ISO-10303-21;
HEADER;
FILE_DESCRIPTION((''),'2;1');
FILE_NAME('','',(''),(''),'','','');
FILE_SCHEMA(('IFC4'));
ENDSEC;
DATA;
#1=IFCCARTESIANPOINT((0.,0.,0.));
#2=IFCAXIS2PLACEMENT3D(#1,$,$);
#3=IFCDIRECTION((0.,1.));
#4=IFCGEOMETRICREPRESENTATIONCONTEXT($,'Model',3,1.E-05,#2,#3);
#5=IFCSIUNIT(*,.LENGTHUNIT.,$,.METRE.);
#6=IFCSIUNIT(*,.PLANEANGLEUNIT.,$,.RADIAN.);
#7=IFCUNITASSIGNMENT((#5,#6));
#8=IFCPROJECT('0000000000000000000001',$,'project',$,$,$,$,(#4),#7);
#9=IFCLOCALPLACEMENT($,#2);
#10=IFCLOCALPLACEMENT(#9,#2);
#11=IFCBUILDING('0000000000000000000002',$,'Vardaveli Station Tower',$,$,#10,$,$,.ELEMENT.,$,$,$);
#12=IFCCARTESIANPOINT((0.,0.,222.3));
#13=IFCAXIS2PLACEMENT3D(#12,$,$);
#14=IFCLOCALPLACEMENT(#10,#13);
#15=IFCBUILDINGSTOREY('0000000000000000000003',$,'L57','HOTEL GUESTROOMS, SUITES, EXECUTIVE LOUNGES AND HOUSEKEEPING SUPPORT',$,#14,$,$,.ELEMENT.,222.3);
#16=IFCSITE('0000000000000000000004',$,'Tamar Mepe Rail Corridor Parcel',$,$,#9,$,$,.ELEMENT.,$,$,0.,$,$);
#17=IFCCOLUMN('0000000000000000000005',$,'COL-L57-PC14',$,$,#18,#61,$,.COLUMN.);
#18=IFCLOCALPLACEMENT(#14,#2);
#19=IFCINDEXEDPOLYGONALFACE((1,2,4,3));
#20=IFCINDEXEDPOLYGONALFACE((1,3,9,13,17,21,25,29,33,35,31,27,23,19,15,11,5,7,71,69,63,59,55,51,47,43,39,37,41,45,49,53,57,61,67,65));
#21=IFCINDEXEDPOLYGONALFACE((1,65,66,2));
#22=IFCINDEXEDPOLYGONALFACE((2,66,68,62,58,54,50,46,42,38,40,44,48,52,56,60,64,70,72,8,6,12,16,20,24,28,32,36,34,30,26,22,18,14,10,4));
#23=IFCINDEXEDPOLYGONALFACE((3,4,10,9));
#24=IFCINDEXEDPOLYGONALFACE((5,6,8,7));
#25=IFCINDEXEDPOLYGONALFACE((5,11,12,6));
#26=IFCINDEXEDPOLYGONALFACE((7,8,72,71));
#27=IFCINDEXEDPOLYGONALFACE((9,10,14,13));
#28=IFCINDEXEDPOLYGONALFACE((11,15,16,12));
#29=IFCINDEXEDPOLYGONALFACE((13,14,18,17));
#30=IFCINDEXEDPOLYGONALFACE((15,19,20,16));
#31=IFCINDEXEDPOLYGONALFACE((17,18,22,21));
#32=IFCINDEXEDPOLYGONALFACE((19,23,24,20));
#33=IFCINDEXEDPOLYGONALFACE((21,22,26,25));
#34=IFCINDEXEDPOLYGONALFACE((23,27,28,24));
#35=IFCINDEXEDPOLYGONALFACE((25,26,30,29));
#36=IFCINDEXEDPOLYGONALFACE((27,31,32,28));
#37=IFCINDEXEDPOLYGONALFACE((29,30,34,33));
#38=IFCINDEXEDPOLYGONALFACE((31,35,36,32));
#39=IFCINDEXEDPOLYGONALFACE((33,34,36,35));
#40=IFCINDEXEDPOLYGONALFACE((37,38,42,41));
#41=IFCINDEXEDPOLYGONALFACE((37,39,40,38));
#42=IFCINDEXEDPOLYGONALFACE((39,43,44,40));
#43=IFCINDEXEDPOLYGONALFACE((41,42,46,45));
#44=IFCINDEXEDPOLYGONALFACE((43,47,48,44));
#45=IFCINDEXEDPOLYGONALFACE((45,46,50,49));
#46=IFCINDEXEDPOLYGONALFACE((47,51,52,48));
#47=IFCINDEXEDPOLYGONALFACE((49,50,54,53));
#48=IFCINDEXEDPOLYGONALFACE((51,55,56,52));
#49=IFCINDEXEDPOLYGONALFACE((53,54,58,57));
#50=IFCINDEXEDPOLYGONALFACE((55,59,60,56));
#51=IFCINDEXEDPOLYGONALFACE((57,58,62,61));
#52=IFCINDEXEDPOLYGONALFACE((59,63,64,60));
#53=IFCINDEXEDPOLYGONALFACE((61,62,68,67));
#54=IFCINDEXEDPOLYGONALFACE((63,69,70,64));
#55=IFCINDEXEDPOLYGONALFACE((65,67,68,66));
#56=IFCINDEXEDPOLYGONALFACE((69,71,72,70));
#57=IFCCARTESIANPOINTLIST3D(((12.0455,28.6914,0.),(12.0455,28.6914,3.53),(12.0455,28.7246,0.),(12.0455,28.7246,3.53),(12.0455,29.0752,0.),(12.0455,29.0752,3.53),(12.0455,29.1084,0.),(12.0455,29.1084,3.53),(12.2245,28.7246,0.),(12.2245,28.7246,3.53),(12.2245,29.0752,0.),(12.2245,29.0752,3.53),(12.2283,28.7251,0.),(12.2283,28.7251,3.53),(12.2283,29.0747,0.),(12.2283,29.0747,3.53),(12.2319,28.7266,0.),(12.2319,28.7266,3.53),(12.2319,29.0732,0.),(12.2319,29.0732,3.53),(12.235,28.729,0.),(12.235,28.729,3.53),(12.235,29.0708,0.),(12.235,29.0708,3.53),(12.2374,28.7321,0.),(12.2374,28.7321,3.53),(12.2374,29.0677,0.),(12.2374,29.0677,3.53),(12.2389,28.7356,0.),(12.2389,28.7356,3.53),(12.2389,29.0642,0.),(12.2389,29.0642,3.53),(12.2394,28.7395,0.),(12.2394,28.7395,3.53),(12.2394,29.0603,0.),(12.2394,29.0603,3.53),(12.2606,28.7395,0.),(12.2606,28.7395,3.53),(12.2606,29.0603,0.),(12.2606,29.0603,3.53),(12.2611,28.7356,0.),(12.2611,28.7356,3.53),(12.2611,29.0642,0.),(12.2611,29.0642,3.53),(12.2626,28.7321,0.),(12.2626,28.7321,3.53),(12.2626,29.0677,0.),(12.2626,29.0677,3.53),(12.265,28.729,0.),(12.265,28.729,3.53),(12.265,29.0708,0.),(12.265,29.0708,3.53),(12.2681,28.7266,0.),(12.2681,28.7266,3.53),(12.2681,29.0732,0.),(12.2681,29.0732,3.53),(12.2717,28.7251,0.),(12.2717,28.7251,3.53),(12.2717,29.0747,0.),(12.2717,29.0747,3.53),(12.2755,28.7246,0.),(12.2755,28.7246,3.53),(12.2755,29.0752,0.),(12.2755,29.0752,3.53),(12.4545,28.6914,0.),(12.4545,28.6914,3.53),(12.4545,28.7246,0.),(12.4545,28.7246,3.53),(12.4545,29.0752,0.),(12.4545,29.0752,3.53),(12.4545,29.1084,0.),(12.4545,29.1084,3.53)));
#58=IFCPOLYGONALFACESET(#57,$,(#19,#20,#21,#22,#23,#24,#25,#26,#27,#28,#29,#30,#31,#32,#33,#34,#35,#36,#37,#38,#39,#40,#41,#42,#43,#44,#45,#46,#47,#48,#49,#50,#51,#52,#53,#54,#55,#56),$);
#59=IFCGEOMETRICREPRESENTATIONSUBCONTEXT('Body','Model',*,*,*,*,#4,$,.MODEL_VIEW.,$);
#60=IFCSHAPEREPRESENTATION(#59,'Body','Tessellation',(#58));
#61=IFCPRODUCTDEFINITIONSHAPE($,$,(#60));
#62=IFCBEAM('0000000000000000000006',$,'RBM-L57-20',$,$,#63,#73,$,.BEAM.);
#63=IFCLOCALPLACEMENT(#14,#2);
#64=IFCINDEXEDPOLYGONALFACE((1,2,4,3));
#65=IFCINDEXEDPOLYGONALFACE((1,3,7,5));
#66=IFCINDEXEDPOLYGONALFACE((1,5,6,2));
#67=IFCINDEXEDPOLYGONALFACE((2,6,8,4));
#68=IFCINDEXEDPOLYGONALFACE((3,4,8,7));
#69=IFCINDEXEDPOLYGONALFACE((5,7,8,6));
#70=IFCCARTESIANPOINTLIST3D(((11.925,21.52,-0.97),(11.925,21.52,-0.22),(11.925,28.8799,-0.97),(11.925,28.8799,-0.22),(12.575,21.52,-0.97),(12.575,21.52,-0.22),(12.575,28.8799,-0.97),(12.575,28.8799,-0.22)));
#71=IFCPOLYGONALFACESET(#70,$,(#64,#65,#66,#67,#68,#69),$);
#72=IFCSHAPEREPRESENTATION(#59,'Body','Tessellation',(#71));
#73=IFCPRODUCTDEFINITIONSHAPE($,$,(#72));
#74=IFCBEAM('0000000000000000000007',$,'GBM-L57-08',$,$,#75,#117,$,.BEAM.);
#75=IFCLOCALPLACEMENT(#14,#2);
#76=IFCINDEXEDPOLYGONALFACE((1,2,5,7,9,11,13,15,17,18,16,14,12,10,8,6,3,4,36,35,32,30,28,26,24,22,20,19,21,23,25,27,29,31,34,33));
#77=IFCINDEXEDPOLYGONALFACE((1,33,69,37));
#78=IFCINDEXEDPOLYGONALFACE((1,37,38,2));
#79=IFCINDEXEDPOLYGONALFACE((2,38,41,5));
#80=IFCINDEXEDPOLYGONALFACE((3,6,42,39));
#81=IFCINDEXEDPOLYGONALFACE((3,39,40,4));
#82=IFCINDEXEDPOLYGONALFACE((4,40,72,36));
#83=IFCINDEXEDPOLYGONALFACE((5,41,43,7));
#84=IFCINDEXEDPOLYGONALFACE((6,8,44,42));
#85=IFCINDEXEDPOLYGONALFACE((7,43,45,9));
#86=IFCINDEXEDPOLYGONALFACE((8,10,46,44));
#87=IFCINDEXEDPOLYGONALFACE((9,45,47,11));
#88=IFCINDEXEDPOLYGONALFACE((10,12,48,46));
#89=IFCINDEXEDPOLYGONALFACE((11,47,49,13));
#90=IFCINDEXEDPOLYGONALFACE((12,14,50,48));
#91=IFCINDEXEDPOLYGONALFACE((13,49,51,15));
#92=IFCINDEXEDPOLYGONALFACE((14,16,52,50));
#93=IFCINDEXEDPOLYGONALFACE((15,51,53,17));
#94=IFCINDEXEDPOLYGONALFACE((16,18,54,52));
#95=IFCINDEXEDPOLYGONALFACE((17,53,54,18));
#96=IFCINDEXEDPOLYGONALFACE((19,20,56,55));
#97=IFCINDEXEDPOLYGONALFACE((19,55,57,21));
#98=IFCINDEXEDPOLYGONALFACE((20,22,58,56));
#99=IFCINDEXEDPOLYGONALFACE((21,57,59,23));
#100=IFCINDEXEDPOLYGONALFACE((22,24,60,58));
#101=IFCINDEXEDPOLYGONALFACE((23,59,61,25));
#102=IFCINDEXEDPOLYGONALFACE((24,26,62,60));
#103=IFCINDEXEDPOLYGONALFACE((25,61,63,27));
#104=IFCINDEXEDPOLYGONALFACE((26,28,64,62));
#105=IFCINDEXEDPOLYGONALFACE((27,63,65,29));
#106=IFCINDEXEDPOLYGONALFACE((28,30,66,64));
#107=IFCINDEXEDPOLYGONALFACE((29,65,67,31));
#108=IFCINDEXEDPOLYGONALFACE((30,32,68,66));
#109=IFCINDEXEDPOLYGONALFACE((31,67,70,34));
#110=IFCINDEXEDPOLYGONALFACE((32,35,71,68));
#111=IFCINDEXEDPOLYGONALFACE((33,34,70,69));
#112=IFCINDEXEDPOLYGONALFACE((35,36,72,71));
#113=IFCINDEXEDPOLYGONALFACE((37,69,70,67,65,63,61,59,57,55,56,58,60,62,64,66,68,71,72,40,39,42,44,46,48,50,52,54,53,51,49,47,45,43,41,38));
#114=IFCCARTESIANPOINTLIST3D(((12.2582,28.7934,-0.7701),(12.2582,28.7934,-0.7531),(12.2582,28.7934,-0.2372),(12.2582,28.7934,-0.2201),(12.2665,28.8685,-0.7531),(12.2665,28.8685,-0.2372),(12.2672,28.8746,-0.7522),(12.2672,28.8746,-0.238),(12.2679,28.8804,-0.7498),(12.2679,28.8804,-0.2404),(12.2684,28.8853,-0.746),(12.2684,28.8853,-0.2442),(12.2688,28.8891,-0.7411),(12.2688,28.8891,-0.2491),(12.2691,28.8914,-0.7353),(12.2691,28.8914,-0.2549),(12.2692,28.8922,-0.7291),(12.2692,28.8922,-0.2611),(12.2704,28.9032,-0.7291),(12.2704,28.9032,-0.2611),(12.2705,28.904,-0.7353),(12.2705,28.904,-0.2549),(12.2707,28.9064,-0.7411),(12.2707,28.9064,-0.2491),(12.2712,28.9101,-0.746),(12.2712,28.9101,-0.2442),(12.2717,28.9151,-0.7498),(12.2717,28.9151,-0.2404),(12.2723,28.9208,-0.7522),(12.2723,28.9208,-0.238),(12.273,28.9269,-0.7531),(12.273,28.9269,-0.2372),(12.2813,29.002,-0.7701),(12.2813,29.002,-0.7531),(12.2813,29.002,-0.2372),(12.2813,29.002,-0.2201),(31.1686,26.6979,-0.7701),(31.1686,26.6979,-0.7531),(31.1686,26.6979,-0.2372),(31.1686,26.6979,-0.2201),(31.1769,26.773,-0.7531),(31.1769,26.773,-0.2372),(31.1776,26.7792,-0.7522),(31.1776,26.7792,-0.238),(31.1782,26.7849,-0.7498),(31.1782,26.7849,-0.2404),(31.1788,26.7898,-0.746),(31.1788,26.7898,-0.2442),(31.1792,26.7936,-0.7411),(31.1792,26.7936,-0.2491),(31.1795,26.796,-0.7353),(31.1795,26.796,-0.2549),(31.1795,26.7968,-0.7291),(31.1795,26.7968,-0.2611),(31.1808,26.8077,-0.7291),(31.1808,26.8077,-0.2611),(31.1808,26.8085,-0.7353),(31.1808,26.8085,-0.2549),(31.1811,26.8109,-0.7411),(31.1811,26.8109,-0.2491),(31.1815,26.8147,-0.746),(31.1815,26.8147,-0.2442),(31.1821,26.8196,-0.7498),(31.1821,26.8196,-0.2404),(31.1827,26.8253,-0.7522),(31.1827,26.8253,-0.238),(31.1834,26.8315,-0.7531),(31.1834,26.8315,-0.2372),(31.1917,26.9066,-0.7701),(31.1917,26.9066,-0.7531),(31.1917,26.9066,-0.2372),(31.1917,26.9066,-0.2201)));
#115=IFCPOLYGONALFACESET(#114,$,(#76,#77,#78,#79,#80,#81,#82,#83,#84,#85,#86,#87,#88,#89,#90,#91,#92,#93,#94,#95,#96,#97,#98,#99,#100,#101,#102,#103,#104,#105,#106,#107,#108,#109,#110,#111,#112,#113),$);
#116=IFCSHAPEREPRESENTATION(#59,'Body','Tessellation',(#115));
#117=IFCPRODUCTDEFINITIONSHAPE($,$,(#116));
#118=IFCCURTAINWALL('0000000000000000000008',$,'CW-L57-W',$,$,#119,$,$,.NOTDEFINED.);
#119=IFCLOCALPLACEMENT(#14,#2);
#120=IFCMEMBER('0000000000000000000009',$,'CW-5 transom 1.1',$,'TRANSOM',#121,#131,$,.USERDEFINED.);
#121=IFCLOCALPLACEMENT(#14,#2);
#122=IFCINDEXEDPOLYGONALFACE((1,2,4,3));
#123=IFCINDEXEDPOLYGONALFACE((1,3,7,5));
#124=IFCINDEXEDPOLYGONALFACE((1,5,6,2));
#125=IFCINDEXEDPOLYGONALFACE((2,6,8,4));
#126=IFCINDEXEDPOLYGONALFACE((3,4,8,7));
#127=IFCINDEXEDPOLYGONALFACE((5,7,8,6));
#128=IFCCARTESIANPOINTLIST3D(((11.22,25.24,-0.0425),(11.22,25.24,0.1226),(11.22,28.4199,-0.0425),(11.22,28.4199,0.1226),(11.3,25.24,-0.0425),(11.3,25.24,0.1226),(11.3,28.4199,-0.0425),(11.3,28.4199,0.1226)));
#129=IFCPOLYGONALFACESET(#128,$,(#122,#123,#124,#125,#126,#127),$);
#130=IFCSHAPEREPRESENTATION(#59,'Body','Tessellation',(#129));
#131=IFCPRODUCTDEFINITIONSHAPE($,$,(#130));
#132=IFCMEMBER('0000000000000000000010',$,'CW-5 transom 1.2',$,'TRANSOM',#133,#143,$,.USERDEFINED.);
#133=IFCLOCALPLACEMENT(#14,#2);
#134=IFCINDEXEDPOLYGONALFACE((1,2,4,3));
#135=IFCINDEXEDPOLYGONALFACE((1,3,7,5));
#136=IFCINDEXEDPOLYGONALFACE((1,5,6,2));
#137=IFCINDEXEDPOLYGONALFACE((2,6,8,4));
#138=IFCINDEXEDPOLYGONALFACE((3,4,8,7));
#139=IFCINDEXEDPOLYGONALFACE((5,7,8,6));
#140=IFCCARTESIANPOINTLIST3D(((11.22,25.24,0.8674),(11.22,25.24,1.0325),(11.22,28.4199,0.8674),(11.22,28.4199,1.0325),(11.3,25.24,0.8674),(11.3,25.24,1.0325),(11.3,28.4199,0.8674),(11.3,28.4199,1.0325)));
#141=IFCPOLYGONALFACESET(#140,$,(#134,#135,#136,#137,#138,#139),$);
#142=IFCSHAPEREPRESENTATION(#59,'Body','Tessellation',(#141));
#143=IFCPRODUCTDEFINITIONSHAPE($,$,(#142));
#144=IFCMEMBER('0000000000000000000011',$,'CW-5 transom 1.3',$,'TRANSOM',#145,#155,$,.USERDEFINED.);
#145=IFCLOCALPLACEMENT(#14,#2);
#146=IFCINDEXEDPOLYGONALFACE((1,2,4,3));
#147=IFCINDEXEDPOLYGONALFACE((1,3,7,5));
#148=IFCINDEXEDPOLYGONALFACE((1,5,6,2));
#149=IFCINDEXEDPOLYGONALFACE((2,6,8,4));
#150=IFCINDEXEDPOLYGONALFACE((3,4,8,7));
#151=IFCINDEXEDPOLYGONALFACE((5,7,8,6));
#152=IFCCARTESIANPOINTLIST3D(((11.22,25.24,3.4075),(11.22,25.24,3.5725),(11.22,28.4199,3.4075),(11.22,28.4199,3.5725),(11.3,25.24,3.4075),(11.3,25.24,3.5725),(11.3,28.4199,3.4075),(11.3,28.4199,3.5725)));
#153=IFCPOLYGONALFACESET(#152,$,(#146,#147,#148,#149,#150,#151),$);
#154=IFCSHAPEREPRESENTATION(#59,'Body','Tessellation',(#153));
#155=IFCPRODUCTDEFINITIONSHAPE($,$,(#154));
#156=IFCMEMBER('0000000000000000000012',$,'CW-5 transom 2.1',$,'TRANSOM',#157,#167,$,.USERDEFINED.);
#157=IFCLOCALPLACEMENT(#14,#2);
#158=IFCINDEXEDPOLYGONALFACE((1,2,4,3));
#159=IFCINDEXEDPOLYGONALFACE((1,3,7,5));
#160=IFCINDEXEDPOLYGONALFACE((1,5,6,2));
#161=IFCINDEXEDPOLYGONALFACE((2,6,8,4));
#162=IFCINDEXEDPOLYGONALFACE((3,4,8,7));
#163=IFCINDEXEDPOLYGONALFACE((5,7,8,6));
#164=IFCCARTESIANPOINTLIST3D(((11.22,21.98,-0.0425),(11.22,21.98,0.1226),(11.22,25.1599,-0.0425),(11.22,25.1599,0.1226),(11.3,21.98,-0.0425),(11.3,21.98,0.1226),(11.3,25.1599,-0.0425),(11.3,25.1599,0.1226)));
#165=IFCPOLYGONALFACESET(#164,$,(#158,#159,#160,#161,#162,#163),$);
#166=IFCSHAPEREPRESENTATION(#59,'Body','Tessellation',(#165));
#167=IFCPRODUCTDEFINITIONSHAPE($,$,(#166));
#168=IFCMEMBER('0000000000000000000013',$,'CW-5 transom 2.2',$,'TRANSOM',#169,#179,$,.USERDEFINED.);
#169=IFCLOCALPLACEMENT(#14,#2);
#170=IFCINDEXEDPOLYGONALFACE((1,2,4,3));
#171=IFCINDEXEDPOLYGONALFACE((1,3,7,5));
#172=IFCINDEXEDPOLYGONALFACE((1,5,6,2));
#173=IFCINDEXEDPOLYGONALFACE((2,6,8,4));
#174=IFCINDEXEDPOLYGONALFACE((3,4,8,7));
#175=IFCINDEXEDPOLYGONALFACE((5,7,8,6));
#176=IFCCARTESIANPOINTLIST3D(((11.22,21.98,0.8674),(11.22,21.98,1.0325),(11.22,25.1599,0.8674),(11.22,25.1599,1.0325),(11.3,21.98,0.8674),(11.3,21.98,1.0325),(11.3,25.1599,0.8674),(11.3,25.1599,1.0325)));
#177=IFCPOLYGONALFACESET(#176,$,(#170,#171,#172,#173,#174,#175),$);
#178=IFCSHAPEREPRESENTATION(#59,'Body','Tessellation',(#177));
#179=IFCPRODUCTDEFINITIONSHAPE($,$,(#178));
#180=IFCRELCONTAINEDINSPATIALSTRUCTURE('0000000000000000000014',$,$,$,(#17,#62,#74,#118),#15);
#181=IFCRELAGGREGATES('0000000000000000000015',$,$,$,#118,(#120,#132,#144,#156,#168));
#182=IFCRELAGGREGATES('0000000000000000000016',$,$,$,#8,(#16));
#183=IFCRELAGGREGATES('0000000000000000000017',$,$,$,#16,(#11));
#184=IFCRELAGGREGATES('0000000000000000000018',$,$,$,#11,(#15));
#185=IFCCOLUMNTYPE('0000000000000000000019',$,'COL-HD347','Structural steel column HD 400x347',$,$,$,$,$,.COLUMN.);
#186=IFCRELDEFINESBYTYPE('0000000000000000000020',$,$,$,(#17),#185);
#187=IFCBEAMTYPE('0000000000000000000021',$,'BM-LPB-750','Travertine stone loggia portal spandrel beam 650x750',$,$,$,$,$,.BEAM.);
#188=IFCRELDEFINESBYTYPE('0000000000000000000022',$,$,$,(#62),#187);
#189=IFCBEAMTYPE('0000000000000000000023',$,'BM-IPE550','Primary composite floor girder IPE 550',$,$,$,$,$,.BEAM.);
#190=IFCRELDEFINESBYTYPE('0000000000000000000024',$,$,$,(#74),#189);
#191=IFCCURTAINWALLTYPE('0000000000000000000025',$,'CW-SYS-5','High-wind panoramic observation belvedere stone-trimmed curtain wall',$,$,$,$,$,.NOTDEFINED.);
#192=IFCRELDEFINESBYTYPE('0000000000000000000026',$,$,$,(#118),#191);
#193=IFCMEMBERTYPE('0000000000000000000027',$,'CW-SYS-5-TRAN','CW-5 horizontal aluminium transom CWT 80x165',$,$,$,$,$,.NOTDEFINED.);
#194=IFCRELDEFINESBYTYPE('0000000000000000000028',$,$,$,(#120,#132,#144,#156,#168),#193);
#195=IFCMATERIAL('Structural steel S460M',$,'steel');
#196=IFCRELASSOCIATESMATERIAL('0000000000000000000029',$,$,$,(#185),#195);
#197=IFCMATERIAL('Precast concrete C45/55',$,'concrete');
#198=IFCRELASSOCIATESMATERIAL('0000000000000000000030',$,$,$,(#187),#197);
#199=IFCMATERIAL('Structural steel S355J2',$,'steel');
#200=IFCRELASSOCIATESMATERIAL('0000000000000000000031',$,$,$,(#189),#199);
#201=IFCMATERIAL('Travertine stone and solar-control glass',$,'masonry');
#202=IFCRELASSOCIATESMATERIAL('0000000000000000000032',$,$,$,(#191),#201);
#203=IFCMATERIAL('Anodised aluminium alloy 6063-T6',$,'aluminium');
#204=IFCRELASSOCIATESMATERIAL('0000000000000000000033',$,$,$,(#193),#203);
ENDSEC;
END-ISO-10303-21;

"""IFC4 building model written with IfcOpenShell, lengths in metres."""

from ifc_helpers import new_model, si_unit, direction, frame, origin, origin_2d, place, context, subcontext, project, spatial, rectangle, i_section, extrude, source, transform, mapped, material, material_profile, profile_set, type_object, element, aggregate, save


model = new_model("IFC4")

# Units and contexts
model_context = context("Model", 3, precision=1e-05, world=origin(), true_north=direction((0.0, 1.0)))
body_context = subcontext(model_context, "Body", "Model", "MODEL_VIEW")
ifc_project = project(units=[si_unit("LENGTHUNIT", "METRE"), si_unit("PLANEANGLEUNIT", "RADIAN")], contexts=[model_context])

# Site, building, storey
site_placement = place(None, origin())
site = spatial("IfcSite", under=ifc_project, at=site_placement, Name="Tamar Mepe Rail Corridor Parcel", CompositionType="ELEMENT", RefElevation=0.0)
building_placement = place(site_placement, origin())
building = spatial("IfcBuilding", under=site, at=building_placement, Name="Vardaveli Station Tower", CompositionType="ELEMENT")
storey_placement = place(building_placement, frame((0.0, 0.0, 222.3)))
storey = spatial("IfcBuildingStorey", under=building, at=storey_placement, Name="L57", Description="HOTEL GUESTROOMS, SUITES, EXECUTIVE LOUNGES AND HOUSEKEEPING SUPPORT", CompositionType="ELEMENT", Elevation=222.3)

# Column
ifc_material_1 = material(Name="Structural steel S460M", Category="steel")
ifc_material_profile_1 = material_profile(ifc_material_1, i_section(OverallWidth=0.4089, OverallDepth=0.417, WebThickness=0.0212, FlangeThickness=0.0332, FilletRadius=0.0149, at=origin_2d()), Name="HD 400x347")
ifc_profile_set_1 = profile_set([ifc_material_profile_1], Name="Structural steel S460M")
column_type = type_object("IfcColumnType", Name="COL-HD347", Description="Structural steel column HD 400x347", PredefinedType="COLUMN", material=ifc_profile_set_1)
shared_shape_1 = source(origin(), body_context, "Body", "SweptSolid", [
    extrude(i_section(OverallWidth=0.4089, OverallDepth=0.417, WebThickness=0.0212, FlangeThickness=0.0332, FilletRadius=0.0149, at=origin_2d()), origin(), (0.0, 0.0, 1.0), 3.53),
])
column_placement = place(storey_placement, frame((12.25, 28.8999, 0.0), z_axis=(0.0, 0.0, 1.0), x_axis=(1.0, 0.0, 0.0)))
element("IfcColumn", 1, at=column_placement, inside=storey, type_object=column_type, Name="COL-L57-PC14", PredefinedType="COLUMN", context=body_context, shape_type="MappedRepresentation", body=[
    mapped(shared_shape_1, transform((0.0, 0.0, 0.0), scale=1.0)),
])

# Beams
ifc_material_2 = material(Name="Precast concrete C45/55", Category="concrete")
ifc_material_profile_2 = material_profile(ifc_material_2, rectangle(XDim=0.6499, YDim=0.75, at=origin_2d()), Name="LPB 650x750")
ifc_profile_set_2 = profile_set([ifc_material_profile_2], Name="Precast concrete C45/55")
beam_type_1 = type_object("IfcBeamType", Name="BM-LPB-750", Description="Travertine stone loggia portal spandrel beam 650x750", PredefinedType="BEAM", material=ifc_profile_set_2)
shared_shape_2 = source(origin(), body_context, "Body", "SweptSolid", [
    extrude(rectangle(XDim=0.6499, YDim=0.75, at=origin_2d()), origin(), (0.0, 0.0, 1.0), 7.3599),
])
beam_1_placement = place(storey_placement, frame((12.25, 28.8799, -0.595), z_axis=(0.0, -1.0, 0.0), x_axis=(1.0, 0.0, 0.0)))
element("IfcBeam", 2, at=beam_1_placement, inside=storey, type_object=beam_type_1, Name="RBM-L57-20", PredefinedType="BEAM", context=body_context, shape_type="MappedRepresentation", body=[
    mapped(shared_shape_2, transform((0.0, 0.0, 0.0), scale=1.0)),
])
ifc_material_3 = material(Name="Structural steel S355J2", Category="steel")
ifc_material_profile_3 = material_profile(ifc_material_3, i_section(OverallWidth=0.21, OverallDepth=0.55, WebThickness=0.011, FlangeThickness=0.0171, FilletRadius=0.0239, at=origin_2d()), Name="IPE 550")
ifc_profile_set_3 = profile_set([ifc_material_profile_3], Name="Structural steel S355J2")
beam_type_2 = type_object("IfcBeamType", Name="BM-IPE550", Description="Primary composite floor girder IPE 550", PredefinedType="BEAM", material=ifc_profile_set_3)
shared_shape_3 = source(origin(), body_context, "Body", "SweptSolid", [
    extrude(i_section(OverallWidth=0.21, OverallDepth=0.55, WebThickness=0.011, FlangeThickness=0.0171, FilletRadius=0.0239, at=origin_2d()), origin(), (0.0, 0.0, 1.0), 19.0261),
])
beam_2_placement = place(storey_placement, frame((12.2698, 28.8977, -0.4951), z_axis=(0.993917, -0.110136, 0.0), x_axis=(0.110136, 0.993917, 0.0)))
element("IfcBeam", 3, at=beam_2_placement, inside=storey, type_object=beam_type_2, Name="GBM-L57-08", PredefinedType="BEAM", context=body_context, shape_type="MappedRepresentation", body=[
    mapped(shared_shape_3, transform((0.0, 0.0, 0.0), scale=1.0)),
])

# Curtain wall, members
ifc_material_4 = material(Name="Travertine stone and solar-control glass", Category="masonry")
curtain_wall_type = type_object("IfcCurtainWallType", Name="CW-SYS-5", Description="High-wind panoramic observation belvedere stone-trimmed curtain wall", PredefinedType="NOTDEFINED", material=ifc_material_4)
curtain_wall_placement = place(storey_placement, origin())
curtain_wall = element("IfcCurtainWall", 4, at=curtain_wall_placement, inside=storey, type_object=curtain_wall_type, Name="CW-L57-W", PredefinedType="NOTDEFINED")
ifc_material_5 = material(Name="Anodised aluminium alloy 6063-T6", Category="aluminium")
ifc_material_profile_4 = material_profile(ifc_material_5, rectangle(XDim=0.0801, YDim=0.165, at=origin_2d()), Name="CWT 80x165")
ifc_profile_set_4 = profile_set([ifc_material_profile_4], Name="Anodised aluminium alloy 6063-T6")
member_type_1 = type_object("IfcMemberType", Name="CW-SYS-5-TRAN", Description="CW-5 horizontal aluminium transom CWT 80x165", PredefinedType="NOTDEFINED", material=ifc_profile_set_4)
shared_shape_4 = source(origin(), body_context, "Body", "SweptSolid", [
    extrude(rectangle(XDim=0.0801, YDim=0.165, at=origin_2d()), origin(), (0.0, 0.0, 1.0), 3.1799),
])
member_1_placement = place(storey_placement, frame((11.26, 28.4199, 0.04), z_axis=(0.0, -1.0, 0.0), x_axis=(1.0, 0.0, 0.0)))
member_1 = element("IfcMember", 5, at=member_1_placement, type_object=member_type_1, Name="CW-5 transom 1.1", ObjectType="TRANSOM", PredefinedType="USERDEFINED", context=body_context, shape_type="MappedRepresentation", body=[
    mapped(shared_shape_4, transform((0.0, 0.0, 0.0), scale=1.0)),
])
member_2_placement = place(storey_placement, frame((11.26, 28.4199, 0.95), z_axis=(0.0, -1.0, 0.0), x_axis=(1.0, 0.0, 0.0)))
member_2 = element("IfcMember", 6, at=member_2_placement, type_object=member_type_1, Name="CW-5 transom 1.2", ObjectType="TRANSOM", PredefinedType="USERDEFINED", context=body_context, shape_type="MappedRepresentation", body=[
    mapped(shared_shape_4, transform((0.0, 0.0, 0.0), scale=1.0)),
])
member_3_placement = place(storey_placement, frame((11.26, 28.4199, 3.49), z_axis=(0.0, -1.0, 0.0), x_axis=(1.0, 0.0, 0.0)))
member_3 = element("IfcMember", 7, at=member_3_placement, type_object=member_type_1, Name="CW-5 transom 1.3", ObjectType="TRANSOM", PredefinedType="USERDEFINED", context=body_context, shape_type="MappedRepresentation", body=[
    mapped(shared_shape_4, transform((0.0, 0.0, 0.0), scale=1.0)),
])
member_4_placement = place(storey_placement, frame((11.26, 25.1599, 0.04), z_axis=(0.0, -1.0, 0.0), x_axis=(1.0, 0.0, 0.0)))
member_4 = element("IfcMember", 8, at=member_4_placement, type_object=member_type_1, Name="CW-5 transom 2.1", ObjectType="TRANSOM", PredefinedType="USERDEFINED", context=body_context, shape_type="MappedRepresentation", body=[
    mapped(shared_shape_4, transform((0.0, 0.0, 0.0), scale=1.0)),
])
member_5_placement = place(storey_placement, frame((11.26, 25.1599, 0.95), z_axis=(0.0, -1.0, 0.0), x_axis=(1.0, 0.0, 0.0)))
member_5 = element("IfcMember", 9, at=member_5_placement, type_object=member_type_1, Name="CW-5 transom 2.2", ObjectType="TRANSOM", PredefinedType="USERDEFINED", context=body_context, shape_type="MappedRepresentation", body=[
    mapped(shared_shape_4, transform((0.0, 0.0, 0.0), scale=1.0)),
])
aggregate(curtain_wall, [member_1, member_2, member_3, member_4, member_5])

save(model, "model.ifc")
